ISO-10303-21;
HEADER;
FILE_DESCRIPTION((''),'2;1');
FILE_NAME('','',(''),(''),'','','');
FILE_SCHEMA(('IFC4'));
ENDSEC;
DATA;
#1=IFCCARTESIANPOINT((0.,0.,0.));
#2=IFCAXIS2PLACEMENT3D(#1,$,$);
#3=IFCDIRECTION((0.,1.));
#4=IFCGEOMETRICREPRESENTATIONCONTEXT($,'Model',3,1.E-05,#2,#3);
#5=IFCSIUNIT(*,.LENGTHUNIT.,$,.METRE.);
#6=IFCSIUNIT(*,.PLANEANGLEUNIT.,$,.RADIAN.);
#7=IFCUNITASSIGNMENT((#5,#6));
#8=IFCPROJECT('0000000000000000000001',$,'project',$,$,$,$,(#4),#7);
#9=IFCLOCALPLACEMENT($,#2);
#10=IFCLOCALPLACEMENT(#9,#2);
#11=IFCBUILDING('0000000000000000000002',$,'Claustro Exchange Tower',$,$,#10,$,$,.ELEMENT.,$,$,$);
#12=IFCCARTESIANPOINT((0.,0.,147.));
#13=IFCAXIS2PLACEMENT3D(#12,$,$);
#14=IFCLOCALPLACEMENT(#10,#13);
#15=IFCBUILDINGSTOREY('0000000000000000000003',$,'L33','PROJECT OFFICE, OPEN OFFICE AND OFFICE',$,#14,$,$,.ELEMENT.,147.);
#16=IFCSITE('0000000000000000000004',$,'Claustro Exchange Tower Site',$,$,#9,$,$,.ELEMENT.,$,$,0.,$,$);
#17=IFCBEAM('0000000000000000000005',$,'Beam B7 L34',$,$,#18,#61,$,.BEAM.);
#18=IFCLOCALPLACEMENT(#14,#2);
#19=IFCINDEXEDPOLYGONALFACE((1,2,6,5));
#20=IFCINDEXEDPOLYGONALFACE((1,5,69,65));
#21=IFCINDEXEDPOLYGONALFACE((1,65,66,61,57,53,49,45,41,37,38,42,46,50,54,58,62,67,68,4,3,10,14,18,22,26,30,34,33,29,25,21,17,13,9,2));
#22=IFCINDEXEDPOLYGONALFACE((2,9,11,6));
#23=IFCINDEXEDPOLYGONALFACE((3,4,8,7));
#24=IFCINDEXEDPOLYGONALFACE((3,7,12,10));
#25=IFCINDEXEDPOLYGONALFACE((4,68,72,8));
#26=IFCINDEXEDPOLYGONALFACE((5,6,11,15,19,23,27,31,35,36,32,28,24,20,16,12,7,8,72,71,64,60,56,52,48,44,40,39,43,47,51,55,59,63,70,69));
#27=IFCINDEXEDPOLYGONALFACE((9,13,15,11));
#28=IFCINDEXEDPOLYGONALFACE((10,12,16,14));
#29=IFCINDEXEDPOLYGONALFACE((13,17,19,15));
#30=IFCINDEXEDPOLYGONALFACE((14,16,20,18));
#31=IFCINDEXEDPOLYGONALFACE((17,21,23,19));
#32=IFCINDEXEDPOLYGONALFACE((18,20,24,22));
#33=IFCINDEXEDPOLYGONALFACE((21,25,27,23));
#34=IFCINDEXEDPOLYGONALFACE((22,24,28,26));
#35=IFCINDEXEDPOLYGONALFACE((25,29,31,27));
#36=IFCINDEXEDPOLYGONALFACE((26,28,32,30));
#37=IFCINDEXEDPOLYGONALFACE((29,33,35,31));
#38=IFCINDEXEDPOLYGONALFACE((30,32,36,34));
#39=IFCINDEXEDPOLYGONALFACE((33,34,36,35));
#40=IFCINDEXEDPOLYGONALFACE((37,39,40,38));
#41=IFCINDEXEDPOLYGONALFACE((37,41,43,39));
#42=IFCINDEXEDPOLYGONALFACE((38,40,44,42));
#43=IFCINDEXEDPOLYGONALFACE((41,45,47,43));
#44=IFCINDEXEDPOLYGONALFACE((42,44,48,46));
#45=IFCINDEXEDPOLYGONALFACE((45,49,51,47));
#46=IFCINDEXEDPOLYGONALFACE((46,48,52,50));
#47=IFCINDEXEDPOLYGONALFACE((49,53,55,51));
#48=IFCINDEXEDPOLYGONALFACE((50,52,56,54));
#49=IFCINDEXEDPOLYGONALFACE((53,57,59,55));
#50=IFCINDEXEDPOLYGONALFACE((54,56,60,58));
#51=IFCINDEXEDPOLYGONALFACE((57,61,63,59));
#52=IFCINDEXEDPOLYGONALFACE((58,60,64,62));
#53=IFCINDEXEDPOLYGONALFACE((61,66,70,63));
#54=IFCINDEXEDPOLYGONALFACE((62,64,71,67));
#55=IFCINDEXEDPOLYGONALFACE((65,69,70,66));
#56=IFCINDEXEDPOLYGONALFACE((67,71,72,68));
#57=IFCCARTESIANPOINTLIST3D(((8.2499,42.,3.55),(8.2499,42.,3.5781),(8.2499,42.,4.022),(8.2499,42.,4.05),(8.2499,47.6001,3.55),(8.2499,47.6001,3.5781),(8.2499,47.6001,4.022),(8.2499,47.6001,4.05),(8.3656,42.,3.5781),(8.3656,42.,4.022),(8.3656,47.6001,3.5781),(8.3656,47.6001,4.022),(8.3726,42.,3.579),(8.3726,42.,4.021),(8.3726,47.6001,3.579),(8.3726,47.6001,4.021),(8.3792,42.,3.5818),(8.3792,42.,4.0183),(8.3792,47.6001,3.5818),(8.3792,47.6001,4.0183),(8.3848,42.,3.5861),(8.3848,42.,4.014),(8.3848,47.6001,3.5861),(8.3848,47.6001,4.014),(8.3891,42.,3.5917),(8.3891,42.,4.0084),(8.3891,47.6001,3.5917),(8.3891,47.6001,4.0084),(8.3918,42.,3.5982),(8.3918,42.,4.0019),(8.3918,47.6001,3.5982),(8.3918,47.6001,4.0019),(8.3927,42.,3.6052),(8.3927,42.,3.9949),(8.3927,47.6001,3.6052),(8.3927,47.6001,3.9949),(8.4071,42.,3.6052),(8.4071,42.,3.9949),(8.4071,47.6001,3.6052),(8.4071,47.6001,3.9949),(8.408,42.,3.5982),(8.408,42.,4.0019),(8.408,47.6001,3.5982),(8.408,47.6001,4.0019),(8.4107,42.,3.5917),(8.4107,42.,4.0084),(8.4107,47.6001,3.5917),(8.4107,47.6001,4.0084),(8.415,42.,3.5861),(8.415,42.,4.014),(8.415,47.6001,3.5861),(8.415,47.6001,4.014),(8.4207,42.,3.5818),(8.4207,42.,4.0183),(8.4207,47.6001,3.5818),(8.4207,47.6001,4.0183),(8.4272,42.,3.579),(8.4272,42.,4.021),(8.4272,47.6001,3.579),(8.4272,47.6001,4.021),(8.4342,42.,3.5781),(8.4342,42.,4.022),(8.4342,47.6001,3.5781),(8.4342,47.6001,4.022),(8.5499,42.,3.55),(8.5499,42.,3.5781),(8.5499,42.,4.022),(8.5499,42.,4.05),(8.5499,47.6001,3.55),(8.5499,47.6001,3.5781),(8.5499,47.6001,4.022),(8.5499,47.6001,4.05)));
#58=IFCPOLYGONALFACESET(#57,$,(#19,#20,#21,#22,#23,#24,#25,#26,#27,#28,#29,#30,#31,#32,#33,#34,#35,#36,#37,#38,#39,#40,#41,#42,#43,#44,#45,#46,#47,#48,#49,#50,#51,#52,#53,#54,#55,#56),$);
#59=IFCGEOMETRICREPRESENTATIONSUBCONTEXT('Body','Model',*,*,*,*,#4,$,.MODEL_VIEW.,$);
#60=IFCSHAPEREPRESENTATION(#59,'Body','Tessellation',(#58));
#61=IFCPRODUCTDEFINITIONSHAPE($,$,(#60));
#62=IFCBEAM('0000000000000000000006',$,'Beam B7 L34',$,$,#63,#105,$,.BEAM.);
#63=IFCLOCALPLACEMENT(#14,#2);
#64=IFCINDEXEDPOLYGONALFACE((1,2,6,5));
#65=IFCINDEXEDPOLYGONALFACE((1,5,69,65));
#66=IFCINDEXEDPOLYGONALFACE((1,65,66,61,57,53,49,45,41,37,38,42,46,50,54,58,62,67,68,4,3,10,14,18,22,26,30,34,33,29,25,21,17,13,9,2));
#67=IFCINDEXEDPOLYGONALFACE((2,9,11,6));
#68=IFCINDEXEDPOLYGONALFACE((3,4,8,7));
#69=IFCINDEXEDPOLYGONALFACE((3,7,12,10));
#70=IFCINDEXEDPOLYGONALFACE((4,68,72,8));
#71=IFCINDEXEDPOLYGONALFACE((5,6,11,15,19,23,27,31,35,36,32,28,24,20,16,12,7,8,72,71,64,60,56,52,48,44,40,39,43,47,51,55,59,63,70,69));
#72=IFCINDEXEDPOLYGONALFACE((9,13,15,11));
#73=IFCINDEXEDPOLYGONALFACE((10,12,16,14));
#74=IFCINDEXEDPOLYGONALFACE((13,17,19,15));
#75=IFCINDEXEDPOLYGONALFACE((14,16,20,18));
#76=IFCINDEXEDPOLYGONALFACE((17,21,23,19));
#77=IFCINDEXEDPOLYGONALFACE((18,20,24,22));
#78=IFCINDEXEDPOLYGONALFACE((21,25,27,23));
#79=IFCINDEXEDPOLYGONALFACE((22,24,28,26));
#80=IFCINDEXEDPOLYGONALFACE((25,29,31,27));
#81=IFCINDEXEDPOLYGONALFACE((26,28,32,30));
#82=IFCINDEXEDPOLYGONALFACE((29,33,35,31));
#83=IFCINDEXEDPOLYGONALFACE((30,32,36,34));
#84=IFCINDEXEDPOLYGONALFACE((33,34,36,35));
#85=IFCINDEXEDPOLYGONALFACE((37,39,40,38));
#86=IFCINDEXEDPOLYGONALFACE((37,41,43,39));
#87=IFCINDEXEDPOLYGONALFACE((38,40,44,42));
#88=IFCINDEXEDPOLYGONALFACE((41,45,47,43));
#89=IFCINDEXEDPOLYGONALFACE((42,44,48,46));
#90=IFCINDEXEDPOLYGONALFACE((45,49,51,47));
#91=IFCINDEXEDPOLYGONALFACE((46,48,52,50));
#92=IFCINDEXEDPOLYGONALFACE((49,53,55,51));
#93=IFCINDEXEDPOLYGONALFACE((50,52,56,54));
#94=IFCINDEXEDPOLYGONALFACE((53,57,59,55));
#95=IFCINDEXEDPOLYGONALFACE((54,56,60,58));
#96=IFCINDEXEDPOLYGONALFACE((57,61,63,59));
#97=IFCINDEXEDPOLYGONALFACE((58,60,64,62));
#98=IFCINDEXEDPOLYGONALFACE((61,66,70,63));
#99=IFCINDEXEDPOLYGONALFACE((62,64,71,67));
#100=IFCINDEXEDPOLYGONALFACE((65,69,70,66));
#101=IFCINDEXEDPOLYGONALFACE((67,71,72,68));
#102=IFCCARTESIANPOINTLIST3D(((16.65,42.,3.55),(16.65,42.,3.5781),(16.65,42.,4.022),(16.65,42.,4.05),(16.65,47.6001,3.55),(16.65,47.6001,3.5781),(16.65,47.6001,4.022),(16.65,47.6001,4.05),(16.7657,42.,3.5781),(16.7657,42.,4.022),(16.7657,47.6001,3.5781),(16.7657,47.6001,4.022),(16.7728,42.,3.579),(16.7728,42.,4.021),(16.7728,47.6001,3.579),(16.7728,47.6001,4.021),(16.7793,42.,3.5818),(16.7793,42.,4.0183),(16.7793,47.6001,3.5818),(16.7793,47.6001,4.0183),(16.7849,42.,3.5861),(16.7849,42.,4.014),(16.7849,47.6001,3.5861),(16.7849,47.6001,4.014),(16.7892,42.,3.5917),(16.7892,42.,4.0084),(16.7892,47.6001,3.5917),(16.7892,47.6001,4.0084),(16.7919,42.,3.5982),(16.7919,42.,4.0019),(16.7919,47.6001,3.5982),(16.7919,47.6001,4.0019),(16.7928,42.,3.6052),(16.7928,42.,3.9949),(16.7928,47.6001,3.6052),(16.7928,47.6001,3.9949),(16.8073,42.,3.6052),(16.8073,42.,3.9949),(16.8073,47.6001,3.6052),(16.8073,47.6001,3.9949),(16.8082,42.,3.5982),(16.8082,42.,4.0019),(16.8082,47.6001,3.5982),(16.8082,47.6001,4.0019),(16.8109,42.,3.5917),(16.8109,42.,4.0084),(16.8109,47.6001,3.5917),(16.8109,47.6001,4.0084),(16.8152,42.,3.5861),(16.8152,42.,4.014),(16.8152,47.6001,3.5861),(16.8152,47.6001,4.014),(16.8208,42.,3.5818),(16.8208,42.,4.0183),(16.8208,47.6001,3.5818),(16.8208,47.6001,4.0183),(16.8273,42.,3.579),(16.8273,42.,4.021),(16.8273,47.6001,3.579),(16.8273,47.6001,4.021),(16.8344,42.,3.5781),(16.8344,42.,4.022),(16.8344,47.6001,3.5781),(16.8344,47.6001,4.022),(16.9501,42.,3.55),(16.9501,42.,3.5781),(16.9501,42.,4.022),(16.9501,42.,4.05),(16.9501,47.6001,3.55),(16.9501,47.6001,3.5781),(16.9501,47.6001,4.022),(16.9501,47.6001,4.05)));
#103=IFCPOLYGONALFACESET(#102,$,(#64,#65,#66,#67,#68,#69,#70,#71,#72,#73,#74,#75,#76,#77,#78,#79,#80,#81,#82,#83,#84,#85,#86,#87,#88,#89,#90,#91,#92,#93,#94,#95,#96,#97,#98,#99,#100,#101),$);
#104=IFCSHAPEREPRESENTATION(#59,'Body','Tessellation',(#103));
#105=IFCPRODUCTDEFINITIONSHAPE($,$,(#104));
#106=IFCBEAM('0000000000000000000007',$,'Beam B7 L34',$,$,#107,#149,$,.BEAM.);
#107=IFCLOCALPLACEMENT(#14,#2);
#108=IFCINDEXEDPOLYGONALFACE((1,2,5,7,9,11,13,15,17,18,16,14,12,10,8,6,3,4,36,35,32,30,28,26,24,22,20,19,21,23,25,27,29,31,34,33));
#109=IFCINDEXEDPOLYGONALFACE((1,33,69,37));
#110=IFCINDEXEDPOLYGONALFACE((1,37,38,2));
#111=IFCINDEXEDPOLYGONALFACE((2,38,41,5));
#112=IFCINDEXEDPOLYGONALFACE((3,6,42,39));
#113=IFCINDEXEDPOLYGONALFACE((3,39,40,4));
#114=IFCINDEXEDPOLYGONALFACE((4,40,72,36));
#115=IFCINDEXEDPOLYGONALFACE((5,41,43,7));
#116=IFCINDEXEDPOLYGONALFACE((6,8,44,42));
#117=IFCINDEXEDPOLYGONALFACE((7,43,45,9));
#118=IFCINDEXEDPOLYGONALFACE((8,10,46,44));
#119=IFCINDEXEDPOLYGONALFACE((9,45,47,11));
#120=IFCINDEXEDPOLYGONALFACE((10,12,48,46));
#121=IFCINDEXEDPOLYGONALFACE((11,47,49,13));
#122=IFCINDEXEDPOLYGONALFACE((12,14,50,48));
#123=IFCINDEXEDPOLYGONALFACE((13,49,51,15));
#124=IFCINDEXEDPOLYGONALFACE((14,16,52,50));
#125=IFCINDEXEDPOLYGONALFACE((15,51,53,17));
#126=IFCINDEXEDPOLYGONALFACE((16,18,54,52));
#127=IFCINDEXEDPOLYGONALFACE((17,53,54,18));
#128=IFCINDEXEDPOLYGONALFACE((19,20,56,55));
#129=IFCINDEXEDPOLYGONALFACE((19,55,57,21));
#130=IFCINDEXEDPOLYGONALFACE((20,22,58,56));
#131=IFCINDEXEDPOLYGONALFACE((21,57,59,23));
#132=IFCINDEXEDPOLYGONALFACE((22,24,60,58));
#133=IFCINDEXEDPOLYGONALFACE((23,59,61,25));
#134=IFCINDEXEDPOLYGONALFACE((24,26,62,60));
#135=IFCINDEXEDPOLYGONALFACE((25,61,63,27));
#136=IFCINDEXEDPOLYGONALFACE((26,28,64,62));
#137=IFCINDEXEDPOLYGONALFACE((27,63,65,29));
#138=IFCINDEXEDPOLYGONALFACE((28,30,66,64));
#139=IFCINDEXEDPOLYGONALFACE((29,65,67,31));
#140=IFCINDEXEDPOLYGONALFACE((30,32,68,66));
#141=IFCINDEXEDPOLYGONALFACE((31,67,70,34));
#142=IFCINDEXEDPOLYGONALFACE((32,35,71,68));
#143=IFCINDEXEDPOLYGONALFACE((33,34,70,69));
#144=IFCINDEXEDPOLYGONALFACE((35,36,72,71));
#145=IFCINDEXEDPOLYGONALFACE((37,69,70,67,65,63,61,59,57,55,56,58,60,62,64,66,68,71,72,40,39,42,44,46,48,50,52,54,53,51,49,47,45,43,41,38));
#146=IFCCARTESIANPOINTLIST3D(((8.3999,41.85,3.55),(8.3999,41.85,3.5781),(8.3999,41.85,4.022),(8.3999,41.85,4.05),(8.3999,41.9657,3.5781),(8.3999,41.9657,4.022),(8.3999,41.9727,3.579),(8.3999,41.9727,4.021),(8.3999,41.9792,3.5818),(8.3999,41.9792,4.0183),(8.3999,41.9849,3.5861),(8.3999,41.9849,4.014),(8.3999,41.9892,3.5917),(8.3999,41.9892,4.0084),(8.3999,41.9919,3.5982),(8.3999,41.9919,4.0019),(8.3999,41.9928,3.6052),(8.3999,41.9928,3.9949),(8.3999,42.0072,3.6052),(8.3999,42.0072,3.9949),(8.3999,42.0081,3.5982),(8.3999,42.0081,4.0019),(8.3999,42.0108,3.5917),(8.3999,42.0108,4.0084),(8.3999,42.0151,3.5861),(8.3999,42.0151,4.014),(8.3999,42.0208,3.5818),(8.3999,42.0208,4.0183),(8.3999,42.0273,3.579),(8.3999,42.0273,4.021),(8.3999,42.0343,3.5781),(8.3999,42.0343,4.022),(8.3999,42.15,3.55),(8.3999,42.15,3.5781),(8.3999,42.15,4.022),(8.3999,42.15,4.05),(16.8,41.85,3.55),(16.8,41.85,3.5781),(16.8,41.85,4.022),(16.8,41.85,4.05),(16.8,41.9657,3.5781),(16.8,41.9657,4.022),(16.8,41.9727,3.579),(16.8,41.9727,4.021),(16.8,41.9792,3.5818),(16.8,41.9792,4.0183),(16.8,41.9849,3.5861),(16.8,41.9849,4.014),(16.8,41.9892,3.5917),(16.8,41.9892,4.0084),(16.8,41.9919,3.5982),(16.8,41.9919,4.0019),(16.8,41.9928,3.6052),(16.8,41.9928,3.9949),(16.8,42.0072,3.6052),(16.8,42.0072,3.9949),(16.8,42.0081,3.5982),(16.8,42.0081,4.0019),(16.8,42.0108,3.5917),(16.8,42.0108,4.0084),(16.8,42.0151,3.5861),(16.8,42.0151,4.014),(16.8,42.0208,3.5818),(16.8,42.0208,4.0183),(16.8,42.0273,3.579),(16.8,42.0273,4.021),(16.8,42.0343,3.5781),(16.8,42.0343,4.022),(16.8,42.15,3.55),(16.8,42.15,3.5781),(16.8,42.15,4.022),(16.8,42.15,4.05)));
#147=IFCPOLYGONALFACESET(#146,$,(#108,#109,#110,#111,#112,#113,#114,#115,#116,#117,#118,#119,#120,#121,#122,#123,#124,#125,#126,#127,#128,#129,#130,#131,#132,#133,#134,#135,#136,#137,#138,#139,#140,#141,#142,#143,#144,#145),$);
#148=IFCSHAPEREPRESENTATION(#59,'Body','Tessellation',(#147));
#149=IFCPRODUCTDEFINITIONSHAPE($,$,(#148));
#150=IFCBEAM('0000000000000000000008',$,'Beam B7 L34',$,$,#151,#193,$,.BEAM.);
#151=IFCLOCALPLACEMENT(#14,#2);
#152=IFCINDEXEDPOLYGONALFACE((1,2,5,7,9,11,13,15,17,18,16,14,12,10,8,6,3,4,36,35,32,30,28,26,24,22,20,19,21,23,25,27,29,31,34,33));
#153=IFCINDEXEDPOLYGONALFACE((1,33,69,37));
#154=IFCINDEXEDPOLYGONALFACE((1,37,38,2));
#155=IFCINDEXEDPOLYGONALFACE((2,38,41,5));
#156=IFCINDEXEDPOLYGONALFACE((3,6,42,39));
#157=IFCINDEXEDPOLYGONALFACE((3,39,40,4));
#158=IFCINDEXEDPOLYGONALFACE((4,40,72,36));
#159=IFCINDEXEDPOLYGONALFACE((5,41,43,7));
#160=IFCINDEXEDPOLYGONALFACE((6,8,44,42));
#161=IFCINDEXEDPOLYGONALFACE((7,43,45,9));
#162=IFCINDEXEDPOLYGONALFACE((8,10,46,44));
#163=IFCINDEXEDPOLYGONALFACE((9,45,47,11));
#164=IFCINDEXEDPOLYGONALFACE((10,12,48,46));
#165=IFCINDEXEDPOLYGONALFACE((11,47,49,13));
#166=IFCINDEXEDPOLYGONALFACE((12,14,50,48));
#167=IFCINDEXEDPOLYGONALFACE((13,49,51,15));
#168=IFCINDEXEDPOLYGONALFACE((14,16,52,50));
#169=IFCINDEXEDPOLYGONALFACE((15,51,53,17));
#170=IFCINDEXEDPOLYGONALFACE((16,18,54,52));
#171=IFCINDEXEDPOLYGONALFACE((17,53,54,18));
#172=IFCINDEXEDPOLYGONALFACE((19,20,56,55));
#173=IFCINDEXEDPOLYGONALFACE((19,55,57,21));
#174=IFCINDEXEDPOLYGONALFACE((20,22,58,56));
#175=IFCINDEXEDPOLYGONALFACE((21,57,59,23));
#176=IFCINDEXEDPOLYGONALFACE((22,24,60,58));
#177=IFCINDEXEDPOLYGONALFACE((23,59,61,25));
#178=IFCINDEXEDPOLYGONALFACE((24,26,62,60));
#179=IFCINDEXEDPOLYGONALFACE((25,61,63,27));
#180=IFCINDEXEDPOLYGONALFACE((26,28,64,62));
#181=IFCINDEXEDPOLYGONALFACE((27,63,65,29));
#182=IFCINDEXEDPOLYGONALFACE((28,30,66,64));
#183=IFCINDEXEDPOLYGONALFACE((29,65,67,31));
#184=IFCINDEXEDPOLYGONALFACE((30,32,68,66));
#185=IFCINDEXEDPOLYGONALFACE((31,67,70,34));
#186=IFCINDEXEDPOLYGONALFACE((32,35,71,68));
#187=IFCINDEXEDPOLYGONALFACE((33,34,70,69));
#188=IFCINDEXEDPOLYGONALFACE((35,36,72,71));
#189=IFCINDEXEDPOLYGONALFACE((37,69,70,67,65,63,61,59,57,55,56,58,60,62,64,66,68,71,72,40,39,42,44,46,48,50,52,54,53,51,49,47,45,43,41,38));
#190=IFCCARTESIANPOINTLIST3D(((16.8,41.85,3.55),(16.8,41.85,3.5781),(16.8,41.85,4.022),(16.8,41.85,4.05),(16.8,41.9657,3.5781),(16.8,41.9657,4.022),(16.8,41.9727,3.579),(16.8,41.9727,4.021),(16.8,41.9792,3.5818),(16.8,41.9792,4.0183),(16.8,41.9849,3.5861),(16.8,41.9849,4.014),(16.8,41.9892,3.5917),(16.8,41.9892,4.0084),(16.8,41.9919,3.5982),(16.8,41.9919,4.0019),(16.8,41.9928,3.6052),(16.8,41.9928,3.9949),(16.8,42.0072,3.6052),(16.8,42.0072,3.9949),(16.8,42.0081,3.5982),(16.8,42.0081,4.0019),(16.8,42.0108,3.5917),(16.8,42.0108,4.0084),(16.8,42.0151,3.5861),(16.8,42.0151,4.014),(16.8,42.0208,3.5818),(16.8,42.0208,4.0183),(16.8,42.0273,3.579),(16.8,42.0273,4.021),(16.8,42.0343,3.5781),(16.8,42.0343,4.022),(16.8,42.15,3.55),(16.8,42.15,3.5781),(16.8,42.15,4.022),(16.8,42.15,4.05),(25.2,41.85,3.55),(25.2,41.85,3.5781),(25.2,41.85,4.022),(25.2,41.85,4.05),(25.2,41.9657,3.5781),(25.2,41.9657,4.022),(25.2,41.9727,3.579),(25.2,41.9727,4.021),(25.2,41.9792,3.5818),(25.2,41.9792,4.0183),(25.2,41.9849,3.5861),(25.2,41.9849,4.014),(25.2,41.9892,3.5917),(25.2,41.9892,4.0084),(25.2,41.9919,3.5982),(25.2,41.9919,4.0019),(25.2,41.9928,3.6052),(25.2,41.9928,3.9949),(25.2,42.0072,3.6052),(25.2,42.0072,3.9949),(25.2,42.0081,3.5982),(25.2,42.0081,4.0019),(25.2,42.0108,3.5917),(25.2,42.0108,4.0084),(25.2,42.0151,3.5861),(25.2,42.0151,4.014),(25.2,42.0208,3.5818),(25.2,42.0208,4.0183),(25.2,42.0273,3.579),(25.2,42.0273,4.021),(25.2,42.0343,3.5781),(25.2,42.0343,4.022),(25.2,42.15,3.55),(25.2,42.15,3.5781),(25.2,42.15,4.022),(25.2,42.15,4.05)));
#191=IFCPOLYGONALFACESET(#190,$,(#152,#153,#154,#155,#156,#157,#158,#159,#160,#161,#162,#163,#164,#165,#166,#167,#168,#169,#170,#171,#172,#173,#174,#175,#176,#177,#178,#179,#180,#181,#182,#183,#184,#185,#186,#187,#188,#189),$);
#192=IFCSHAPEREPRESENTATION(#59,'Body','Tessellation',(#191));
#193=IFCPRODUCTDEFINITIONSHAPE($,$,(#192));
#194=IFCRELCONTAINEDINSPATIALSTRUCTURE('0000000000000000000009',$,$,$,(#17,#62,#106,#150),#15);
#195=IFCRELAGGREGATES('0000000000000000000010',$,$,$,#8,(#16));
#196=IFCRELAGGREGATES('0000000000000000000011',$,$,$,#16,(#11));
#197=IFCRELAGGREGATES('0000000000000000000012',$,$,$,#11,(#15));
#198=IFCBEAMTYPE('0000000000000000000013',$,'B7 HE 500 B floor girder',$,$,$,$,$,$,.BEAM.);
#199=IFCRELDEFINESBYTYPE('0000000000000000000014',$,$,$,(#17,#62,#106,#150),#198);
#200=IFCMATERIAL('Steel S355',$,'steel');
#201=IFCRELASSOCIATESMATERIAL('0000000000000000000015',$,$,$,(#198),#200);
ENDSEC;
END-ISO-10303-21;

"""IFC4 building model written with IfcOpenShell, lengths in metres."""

from ifc_helpers import new_model, si_unit, direction, frame, origin, origin_2d, place, context, subcontext, project, spatial, i_section, extrude, material, material_profile, profile_set, type_object, element, save


model = new_model("IFC4")

# Units and contexts
model_context = context("Model", 3, precision=1e-05, world=origin(), true_north=direction((0.0, 1.0)))
body_context = subcontext(model_context, "Body", "Model", "MODEL_VIEW")
ifc_project = project(units=[si_unit("LENGTHUNIT", "METRE"), si_unit("PLANEANGLEUNIT", "RADIAN")], contexts=[model_context])

# Site, building, storey
site_placement = place(None, origin())
site = spatial("IfcSite", under=ifc_project, at=site_placement, Name="Claustro Exchange Tower Site", CompositionType="ELEMENT", RefElevation=0.0)
building_placement = place(site_placement, origin())
building = spatial("IfcBuilding", under=site, at=building_placement, Name="Claustro Exchange Tower", CompositionType="ELEMENT")
storey_placement = place(building_placement, frame((0.0, 0.0, 147.0)))
storey = spatial("IfcBuildingStorey", under=building, at=storey_placement, Name="L33", Description="PROJECT OFFICE, OPEN OFFICE AND OFFICE", CompositionType="ELEMENT", Elevation=147.0)

# Beams
ifc_material_1 = material(Name="Steel S355", Category="steel")
ifc_material_profile_1 = material_profile(ifc_material_1, i_section(OverallWidth=0.3, OverallDepth=0.5, WebThickness=0.0144, FlangeThickness=0.0281, FilletRadius=0.0271, at=origin_2d()), Name="HE 500 B")
ifc_profile_set_1 = profile_set([ifc_material_profile_1], Name="Steel S355")
beam_type_1 = type_object("IfcBeamType", Name="B7 HE 500 B floor girder", PredefinedType="BEAM", material=ifc_profile_set_1)
for number, where, z_axis, x_axis, name in (
    (1, (8.3999, 42.0, 3.8), (0.0, 1.0, 0.0), (-1.0, 0.0, 0.0), "Beam B7 L34"),
    (2, (16.8, 42.0, 3.8), (0.0, 1.0, 0.0), (-1.0, 0.0, 0.0), "Beam B7 L34"),
):
    element("IfcBeam", number, at=place(storey_placement, frame(where, z_axis=z_axis, x_axis=x_axis)), inside=storey, type_object=beam_type_1, Name=name, PredefinedType="BEAM", context=body_context, shape_type="SweptSolid", body=[
        extrude(i_section(OverallWidth=0.3, OverallDepth=0.5, WebThickness=0.0144, FlangeThickness=0.0281, FilletRadius=0.0271, at=origin_2d()), origin(), (0.0, 0.0, 1.0), 5.6001),
    ])
beam_1_placement = place(storey_placement, frame((8.3999, 42.0, 3.8), z_axis=(1.0, 0.0, 0.0), x_axis=(0.0, 1.0, 0.0)))
element("IfcBeam", 3, at=beam_1_placement, inside=storey, type_object=beam_type_1, Name="Beam B7 L34", PredefinedType="BEAM", context=body_context, shape_type="SweptSolid", body=[
    extrude(i_section(OverallWidth=0.3, OverallDepth=0.5, WebThickness=0.0144, FlangeThickness=0.0281, FilletRadius=0.0271, at=origin_2d()), origin(), (0.0, 0.0, 1.0), 8.4001),
])
beam_2_placement = place(storey_placement, frame((16.8, 42.0, 3.8), z_axis=(1.0, 0.0, 0.0), x_axis=(0.0, 1.0, 0.0)))
element("IfcBeam", 4, at=beam_2_placement, inside=storey, type_object=beam_type_1, Name="Beam B7 L34", PredefinedType="BEAM", context=body_context, shape_type="SweptSolid", body=[
    extrude(i_section(OverallWidth=0.3, OverallDepth=0.5, WebThickness=0.0144, FlangeThickness=0.0281, FilletRadius=0.0271, at=origin_2d()), origin(), (0.0, 0.0, 1.0), 8.3999),
])

save(model, "model.ifc")
